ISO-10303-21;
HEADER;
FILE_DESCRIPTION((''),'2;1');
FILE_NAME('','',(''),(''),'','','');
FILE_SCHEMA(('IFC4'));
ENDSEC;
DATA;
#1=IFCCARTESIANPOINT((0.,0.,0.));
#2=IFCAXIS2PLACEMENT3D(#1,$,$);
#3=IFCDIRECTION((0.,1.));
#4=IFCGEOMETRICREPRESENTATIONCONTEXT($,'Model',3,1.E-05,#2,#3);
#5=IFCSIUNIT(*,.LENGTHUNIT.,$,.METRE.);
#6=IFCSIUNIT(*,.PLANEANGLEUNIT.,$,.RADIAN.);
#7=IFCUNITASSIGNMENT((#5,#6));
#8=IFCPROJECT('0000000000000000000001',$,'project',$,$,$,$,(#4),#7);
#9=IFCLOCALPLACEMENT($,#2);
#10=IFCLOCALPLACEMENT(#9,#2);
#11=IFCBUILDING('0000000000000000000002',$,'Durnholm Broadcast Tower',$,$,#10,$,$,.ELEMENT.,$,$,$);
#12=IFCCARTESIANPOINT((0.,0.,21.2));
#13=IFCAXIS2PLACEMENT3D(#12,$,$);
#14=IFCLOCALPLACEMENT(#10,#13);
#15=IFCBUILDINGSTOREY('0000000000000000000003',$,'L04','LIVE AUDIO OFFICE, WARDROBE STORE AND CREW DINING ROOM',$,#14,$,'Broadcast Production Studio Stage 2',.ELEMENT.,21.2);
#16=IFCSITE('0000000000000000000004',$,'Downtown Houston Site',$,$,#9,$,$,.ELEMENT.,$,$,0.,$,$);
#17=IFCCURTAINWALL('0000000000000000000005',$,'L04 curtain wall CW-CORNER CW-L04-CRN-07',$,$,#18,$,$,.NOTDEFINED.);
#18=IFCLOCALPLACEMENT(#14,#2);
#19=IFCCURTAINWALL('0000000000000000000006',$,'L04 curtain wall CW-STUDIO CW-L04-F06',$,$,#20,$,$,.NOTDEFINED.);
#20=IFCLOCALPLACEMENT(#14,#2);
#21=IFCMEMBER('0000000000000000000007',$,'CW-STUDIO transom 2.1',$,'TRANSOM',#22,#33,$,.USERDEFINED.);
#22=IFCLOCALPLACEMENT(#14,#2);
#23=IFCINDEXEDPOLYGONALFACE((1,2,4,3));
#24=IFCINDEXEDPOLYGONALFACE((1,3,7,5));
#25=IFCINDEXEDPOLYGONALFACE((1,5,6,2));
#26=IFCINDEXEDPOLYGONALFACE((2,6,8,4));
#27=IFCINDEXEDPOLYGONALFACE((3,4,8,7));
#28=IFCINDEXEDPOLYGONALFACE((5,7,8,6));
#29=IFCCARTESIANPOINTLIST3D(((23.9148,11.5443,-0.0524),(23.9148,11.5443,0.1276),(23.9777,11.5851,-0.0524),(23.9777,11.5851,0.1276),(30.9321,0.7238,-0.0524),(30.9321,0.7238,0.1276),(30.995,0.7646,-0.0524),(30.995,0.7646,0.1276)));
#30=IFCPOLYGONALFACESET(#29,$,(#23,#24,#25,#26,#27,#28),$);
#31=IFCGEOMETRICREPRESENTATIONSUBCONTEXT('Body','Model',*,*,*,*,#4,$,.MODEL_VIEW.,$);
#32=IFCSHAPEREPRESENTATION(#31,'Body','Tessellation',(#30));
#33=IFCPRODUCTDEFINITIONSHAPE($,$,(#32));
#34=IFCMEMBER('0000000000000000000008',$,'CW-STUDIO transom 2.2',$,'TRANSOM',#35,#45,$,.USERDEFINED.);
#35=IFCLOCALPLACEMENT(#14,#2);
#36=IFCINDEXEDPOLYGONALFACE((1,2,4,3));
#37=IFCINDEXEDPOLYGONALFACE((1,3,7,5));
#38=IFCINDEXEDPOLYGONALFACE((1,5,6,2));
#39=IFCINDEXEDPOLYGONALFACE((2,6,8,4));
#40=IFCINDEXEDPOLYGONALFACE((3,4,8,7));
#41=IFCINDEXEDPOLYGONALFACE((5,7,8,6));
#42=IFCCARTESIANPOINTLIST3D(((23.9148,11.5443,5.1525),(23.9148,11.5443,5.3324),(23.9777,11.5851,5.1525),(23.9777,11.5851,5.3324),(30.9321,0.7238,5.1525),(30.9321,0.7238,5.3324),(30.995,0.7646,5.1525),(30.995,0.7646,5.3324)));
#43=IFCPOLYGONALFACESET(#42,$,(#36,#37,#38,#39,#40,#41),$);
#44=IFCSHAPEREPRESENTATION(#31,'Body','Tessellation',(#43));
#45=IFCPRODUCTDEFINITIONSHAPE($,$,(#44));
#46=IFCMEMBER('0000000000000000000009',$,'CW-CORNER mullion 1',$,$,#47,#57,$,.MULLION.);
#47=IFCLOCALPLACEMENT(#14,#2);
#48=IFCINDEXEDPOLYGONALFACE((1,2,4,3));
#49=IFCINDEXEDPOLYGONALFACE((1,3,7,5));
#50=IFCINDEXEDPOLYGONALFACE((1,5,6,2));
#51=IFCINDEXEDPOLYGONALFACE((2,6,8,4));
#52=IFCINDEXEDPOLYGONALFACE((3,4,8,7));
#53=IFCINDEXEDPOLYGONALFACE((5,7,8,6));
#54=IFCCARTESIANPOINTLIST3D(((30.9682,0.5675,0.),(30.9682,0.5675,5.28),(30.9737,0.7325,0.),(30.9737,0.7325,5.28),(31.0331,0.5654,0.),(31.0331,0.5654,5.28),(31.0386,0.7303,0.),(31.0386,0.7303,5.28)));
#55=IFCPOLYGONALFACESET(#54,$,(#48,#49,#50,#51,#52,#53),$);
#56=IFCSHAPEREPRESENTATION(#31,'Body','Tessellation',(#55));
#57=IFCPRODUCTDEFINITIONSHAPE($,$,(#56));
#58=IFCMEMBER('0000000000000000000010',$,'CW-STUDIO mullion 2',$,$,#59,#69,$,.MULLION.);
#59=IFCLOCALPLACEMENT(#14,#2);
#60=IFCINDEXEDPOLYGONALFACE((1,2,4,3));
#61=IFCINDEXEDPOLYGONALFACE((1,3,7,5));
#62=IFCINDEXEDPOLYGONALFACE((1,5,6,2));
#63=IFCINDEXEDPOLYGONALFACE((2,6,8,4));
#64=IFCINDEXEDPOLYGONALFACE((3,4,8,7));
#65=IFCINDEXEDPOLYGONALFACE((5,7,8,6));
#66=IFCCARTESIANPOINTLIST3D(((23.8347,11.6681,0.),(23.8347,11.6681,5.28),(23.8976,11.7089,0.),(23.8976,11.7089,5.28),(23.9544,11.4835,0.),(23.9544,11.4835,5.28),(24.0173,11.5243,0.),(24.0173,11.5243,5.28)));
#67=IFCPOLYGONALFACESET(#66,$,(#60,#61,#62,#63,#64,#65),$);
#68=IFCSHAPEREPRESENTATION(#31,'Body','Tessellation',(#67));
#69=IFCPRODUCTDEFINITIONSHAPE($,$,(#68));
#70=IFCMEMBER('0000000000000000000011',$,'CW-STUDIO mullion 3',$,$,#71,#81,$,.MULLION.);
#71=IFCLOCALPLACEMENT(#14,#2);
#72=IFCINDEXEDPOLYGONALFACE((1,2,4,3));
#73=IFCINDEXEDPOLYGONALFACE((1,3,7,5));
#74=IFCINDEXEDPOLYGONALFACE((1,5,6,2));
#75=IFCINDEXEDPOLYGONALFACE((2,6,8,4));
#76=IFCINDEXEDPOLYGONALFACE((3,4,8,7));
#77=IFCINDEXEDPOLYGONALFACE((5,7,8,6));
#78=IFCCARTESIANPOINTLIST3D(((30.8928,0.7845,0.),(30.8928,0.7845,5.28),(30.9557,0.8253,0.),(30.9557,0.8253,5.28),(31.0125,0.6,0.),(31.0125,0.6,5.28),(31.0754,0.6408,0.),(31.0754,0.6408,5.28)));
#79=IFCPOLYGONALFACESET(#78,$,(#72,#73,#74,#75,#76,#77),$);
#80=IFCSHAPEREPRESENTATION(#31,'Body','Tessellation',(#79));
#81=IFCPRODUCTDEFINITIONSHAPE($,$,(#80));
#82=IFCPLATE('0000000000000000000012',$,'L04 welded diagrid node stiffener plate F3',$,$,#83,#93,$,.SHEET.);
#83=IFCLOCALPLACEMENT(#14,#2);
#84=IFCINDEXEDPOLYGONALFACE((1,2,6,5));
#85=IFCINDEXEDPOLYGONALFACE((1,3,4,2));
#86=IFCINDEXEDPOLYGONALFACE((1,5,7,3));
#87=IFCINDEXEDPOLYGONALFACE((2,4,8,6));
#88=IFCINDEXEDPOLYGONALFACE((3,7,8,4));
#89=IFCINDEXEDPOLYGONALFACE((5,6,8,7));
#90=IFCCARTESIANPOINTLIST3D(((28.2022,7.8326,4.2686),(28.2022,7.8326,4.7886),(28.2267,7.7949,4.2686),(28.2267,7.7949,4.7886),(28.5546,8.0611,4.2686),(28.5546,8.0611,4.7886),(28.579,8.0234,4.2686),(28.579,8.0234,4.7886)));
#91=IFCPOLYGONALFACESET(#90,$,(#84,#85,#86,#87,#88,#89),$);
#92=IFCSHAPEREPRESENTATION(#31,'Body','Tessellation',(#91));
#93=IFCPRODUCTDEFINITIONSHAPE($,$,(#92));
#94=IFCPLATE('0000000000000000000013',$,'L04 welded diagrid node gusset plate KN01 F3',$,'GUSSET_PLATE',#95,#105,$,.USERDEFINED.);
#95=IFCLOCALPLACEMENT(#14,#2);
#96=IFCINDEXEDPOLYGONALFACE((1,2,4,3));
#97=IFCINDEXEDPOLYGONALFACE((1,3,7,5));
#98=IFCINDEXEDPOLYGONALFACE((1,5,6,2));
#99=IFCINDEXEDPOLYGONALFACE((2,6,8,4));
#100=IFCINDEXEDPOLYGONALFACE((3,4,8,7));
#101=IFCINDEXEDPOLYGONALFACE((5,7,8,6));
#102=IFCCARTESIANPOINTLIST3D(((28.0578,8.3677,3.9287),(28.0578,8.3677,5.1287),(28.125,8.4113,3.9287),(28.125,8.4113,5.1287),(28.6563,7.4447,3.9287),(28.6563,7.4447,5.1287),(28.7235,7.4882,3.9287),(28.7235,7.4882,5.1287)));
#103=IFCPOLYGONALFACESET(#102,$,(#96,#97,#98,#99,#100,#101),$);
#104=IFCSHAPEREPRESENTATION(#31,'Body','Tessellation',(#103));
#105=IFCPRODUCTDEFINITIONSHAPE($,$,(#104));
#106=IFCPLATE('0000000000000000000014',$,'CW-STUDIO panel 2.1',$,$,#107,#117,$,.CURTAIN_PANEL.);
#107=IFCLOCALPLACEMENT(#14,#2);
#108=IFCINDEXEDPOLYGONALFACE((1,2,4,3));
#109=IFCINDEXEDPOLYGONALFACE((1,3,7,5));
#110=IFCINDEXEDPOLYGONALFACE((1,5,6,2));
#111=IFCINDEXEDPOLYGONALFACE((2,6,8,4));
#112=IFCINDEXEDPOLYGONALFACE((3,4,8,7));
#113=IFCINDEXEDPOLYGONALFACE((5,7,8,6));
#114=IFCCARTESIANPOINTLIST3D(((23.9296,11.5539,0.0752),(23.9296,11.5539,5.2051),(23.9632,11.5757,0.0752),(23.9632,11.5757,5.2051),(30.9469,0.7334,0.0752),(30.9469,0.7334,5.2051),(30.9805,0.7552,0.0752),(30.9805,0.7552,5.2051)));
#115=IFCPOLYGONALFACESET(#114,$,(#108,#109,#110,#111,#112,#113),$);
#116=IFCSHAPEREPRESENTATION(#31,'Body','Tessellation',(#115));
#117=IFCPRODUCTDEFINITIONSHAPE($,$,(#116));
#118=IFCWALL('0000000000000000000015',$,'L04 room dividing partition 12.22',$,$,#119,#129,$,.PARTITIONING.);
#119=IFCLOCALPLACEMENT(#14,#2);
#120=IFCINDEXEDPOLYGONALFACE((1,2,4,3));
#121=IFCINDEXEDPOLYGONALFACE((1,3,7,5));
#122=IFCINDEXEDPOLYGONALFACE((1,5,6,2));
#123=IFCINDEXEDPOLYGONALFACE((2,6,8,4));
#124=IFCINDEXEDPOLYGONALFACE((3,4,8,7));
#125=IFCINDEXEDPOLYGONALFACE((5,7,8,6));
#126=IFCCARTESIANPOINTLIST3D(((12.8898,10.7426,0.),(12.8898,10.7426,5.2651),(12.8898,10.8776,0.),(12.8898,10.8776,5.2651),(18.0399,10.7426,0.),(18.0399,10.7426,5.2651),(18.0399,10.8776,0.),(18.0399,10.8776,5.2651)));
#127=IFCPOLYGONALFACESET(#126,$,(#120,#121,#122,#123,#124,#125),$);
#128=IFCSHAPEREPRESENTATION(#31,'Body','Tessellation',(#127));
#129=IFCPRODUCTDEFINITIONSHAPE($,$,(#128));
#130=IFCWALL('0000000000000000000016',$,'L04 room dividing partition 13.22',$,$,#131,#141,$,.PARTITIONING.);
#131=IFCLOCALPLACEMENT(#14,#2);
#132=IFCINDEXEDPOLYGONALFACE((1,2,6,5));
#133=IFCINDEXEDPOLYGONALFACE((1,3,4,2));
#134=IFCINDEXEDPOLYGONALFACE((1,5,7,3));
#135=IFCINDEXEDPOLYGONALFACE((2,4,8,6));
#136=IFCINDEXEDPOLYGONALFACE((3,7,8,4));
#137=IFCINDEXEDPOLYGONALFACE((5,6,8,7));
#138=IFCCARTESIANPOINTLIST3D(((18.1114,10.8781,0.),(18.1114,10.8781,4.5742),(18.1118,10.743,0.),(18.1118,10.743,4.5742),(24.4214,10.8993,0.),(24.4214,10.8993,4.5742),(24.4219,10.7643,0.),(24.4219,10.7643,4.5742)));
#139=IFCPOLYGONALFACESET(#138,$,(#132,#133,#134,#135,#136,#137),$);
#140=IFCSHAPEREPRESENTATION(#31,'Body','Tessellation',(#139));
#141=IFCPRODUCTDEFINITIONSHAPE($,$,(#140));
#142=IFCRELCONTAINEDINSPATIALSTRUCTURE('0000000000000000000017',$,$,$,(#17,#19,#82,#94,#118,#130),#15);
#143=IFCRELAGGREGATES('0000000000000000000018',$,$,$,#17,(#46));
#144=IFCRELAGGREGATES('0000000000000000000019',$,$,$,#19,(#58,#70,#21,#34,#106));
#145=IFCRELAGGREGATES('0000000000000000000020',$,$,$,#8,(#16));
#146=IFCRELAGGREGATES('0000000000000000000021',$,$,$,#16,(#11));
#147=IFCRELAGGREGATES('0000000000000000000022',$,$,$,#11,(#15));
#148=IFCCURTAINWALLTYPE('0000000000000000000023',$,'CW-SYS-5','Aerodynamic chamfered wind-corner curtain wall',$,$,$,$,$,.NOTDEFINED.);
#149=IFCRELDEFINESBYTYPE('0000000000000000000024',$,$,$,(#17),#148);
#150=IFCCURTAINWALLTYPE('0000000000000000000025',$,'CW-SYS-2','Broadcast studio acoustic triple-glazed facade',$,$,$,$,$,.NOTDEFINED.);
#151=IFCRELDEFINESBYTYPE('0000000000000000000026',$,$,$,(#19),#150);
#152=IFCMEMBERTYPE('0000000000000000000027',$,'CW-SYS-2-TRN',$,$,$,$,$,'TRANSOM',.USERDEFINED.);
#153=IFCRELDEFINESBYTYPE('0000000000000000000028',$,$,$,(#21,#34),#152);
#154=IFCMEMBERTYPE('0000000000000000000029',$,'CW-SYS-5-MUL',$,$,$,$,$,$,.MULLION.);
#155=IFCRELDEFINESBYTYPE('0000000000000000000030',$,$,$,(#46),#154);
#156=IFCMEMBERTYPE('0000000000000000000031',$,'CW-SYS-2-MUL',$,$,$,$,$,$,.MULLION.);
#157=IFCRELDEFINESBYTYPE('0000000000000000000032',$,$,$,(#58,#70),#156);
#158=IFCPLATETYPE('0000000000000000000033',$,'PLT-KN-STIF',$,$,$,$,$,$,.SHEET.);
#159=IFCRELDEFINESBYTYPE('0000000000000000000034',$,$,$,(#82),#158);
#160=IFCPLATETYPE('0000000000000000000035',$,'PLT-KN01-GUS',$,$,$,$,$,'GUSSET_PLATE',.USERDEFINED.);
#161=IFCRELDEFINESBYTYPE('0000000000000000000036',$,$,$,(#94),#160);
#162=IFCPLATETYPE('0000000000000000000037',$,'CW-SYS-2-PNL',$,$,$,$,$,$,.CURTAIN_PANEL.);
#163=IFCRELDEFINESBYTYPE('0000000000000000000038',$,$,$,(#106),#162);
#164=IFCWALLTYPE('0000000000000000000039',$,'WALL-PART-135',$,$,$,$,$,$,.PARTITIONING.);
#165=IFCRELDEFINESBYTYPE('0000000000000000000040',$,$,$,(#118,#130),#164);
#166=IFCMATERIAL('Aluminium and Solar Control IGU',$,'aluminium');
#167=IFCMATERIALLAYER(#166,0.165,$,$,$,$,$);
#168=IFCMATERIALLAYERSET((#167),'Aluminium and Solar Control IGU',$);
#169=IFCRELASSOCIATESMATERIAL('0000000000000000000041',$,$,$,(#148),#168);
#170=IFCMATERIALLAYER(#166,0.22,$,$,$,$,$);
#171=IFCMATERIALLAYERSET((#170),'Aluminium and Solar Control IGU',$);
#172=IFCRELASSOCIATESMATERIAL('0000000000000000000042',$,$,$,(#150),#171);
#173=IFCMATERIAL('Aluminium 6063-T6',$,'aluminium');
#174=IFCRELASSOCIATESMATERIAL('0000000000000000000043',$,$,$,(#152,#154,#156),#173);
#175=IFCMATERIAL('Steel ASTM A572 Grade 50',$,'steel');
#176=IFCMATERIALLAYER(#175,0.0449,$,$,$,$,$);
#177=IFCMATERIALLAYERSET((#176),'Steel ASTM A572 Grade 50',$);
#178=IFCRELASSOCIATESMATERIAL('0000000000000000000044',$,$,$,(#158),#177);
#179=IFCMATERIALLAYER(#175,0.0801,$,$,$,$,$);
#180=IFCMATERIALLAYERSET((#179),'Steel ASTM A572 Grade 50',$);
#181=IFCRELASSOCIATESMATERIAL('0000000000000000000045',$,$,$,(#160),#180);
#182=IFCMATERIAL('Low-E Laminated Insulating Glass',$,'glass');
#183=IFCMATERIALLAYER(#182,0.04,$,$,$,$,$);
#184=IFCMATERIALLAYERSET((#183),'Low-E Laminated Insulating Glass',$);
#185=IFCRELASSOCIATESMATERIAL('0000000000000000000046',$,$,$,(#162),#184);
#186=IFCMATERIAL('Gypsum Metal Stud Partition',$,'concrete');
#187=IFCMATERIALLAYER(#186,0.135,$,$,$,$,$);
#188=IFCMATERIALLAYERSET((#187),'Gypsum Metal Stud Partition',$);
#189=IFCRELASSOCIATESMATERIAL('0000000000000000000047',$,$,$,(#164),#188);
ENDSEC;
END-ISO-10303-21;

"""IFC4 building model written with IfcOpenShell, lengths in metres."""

from ifc_helpers import new_model, si_unit, direction, frame, frame_2d, origin, origin_2d, place, context, subcontext, project, spatial, rectangle, extrude, source, transform, mapped, material, layer, layer_set, material_profile, profile_set, type_object, type_shapes, element, aggregate, save


model = new_model("IFC4")

# Units and contexts
model_context = context("Model", 3, precision=1e-05, world=origin(), true_north=direction((0.0, 1.0)))
body_context = subcontext(model_context, "Body", "Model", "MODEL_VIEW")
ifc_project = project(units=[si_unit("LENGTHUNIT", "METRE"), si_unit("PLANEANGLEUNIT", "RADIAN")], contexts=[model_context])

# Site, building, storey
site_placement = place(None, origin())
site = spatial("IfcSite", under=ifc_project, at=site_placement, Name="Downtown Houston Site", CompositionType="ELEMENT", RefElevation=0.0)
building_placement = place(site_placement, origin())
building = spatial("IfcBuilding", under=site, at=building_placement, Name="Durnholm Broadcast Tower", CompositionType="ELEMENT")
storey_placement = place(building_placement, frame((0.0, 0.0, 21.2)))
storey = spatial("IfcBuildingStorey", under=building, at=storey_placement, Name="L04", Description="LIVE AUDIO OFFICE, WARDROBE STORE AND CREW DINING ROOM", LongName="Broadcast Production Studio Stage 2", CompositionType="ELEMENT", Elevation=21.2)

# Curtain walls, members
ifc_material_1 = material(Name="Aluminium and Solar Control IGU", Category="aluminium")
ifc_layer_1 = layer(ifc_material_1, 0.165)
ifc_layer_set_1 = layer_set([ifc_layer_1], Name="Aluminium and Solar Control IGU")
curtain_wall_type_1 = type_object("IfcCurtainWallType", Name="CW-SYS-5", Description="Aerodynamic chamfered wind-corner curtain wall", PredefinedType="NOTDEFINED", material=ifc_layer_set_1)
curtain_wall_1_placement = place(storey_placement, origin())
curtain_wall_1 = element("IfcCurtainWall", 1, at=curtain_wall_1_placement, inside=storey, type_object=curtain_wall_type_1, Name="L04 curtain wall CW-CORNER CW-L04-CRN-07", PredefinedType="NOTDEFINED")
ifc_material_2 = material(Name="Aluminium 6063-T6", Category="aluminium")
ifc_layer_2 = layer(ifc_material_1, 0.22)
ifc_layer_set_2 = layer_set([ifc_layer_2], Name="Aluminium and Solar Control IGU")
curtain_wall_type_2 = type_object("IfcCurtainWallType", Name="CW-SYS-2", Description="Broadcast studio acoustic triple-glazed facade", PredefinedType="NOTDEFINED", material=ifc_layer_set_2)
curtain_wall_2_placement = place(storey_placement, origin())
curtain_wall_2 = element("IfcCurtainWall", 2, at=curtain_wall_2_placement, inside=storey, type_object=curtain_wall_type_2, Name="L04 curtain wall CW-STUDIO CW-L04-F06", PredefinedType="NOTDEFINED")
ifc_material_profile_1 = material_profile(ifc_material_2, rectangle(XDim=0.075, YDim=0.1799, at=origin_2d()), Name="CWT75X180")
ifc_profile_set_1 = profile_set([ifc_material_profile_1], Name="Aluminium 6063-T6")
member_type_1 = type_object("IfcMemberType", Name="CW-SYS-2-TRN", ElementType="TRANSOM", PredefinedType="USERDEFINED", material=ifc_profile_set_1)
shared_shape_1 = source(origin(), body_context, "Body", "SweptSolid", [
    extrude(rectangle(XDim=0.075, YDim=0.1799, at=origin_2d()), origin(), (0.0, 0.0, 1.0), 12.8967),
])
type_shapes(member_type_1, [shared_shape_1])
member_1_placement = place(storey_placement, frame((23.9463, 11.5647, 0.0376), z_axis=(0.544114, -0.839011, 0.0), x_axis=(0.839011, 0.544114, 0.0)))
member_1 = element("IfcMember", 3, at=member_1_placement, type_object=member_type_1, Name="CW-STUDIO transom 2.1", ObjectType="TRANSOM", PredefinedType="USERDEFINED", context=body_context, shape_type="MappedRepresentation", body=[
    mapped(shared_shape_1, transform((0.0, 0.0, 0.0), x_axis=(1.0, 0.0, 0.0), y_axis=(0.0, 1.0, 0.0), z_axis=(0.0, 0.0, 1.0), scale=1.0)),
])
member_2_placement = place(storey_placement, frame((23.9463, 11.5647, 5.2424), z_axis=(0.544114, -0.839011, 0.0), x_axis=(0.839011, 0.544114, 0.0)))
member_2 = element("IfcMember", 4, at=member_2_placement, type_object=member_type_1, Name="CW-STUDIO transom 2.2", ObjectType="TRANSOM", PredefinedType="USERDEFINED", context=body_context, shape_type="MappedRepresentation", body=[
    mapped(shared_shape_1, transform((0.0, 0.0, 0.0), x_axis=(1.0, 0.0, 0.0), y_axis=(0.0, 1.0, 0.0), z_axis=(0.0, 0.0, 1.0), scale=1.0)),
])

# Members
ifc_material_profile_2 = material_profile(ifc_material_2, rectangle(XDim=0.0649, YDim=0.165, at=origin_2d()), Name="CWM65X165")
ifc_profile_set_2 = profile_set([ifc_material_profile_2], Name="Aluminium 6063-T6")
member_type_2 = type_object("IfcMemberType", Name="CW-SYS-5-MUL", PredefinedType="MULLION", material=ifc_profile_set_2)
shared_shape_2 = source(origin(), body_context, "Body", "SweptSolid", [
    extrude(rectangle(XDim=0.0649, YDim=0.165, at=origin_2d()), origin(), (0.0, 0.0, 1.0), 5.28),
])
type_shapes(member_type_2, [shared_shape_2])
member_3_placement = place(storey_placement, frame((31.0034, 0.6489, 0.0), z_axis=(0.0, 0.0, 1.0), x_axis=(0.999437, -0.033557, 0.0)))
member_3 = element("IfcMember", 5, at=member_3_placement, type_object=member_type_2, Name="CW-CORNER mullion 1", PredefinedType="MULLION", context=body_context, shape_type="MappedRepresentation", body=[
    mapped(shared_shape_2, transform((0.0, 0.0, 0.0), x_axis=(1.0, 0.0, 0.0), y_axis=(0.0, 1.0, 0.0), z_axis=(0.0, 0.0, 1.0), scale=1.0)),
])
aggregate(curtain_wall_1, [member_3])
ifc_material_profile_3 = material_profile(ifc_material_2, rectangle(XDim=0.075, YDim=0.22, at=origin_2d()), Name="CWM75X220")
ifc_profile_set_3 = profile_set([ifc_material_profile_3], Name="Aluminium 6063-T6")
member_type_3 = type_object("IfcMemberType", Name="CW-SYS-2-MUL", PredefinedType="MULLION", material=ifc_profile_set_3)
shared_shape_3 = source(origin(), body_context, "Body", "SweptSolid", [
    extrude(rectangle(XDim=0.075, YDim=0.22, at=origin_2d()), origin(), (0.0, 0.0, 1.0), 5.28),
])
type_shapes(member_type_3, [shared_shape_3])
member_4_placement = place(storey_placement, frame((23.926, 11.5962, 0.0), z_axis=(0.0, 0.0, 1.0), x_axis=(0.839009, 0.544117, 0.0)))
member_4 = element("IfcMember", 6, at=member_4_placement, type_object=member_type_3, Name="CW-STUDIO mullion 2", PredefinedType="MULLION", context=body_context, shape_type="MappedRepresentation", body=[
    mapped(shared_shape_3, transform((0.0, 0.0, 0.0), x_axis=(1.0, 0.0, 0.0), y_axis=(0.0, 1.0, 0.0), z_axis=(0.0, 0.0, 1.0), scale=1.0)),
])
member_5_placement = place(storey_placement, frame((30.9841, 0.7126, 0.0), z_axis=(0.0, 0.0, 1.0), x_axis=(0.839009, 0.544117, 0.0)))
member_5 = element("IfcMember", 7, at=member_5_placement, type_object=member_type_3, Name="CW-STUDIO mullion 3", PredefinedType="MULLION", context=body_context, shape_type="MappedRepresentation", body=[
    mapped(shared_shape_3, transform((0.0, 0.0, 0.0), x_axis=(1.0, 0.0, 0.0), y_axis=(0.0, 1.0, 0.0), z_axis=(0.0, 0.0, 1.0), scale=1.0)),
])

# Plates
ifc_material_3 = material(Name="Steel ASTM A572 Grade 50", Category="steel")
ifc_layer_3 = layer(ifc_material_3, 0.0449)
ifc_layer_set_3 = layer_set([ifc_layer_3], Name="Steel ASTM A572 Grade 50")
plate_type_1 = type_object("IfcPlateType", Name="PLT-KN-STIF", PredefinedType="SHEET", material=ifc_layer_set_3)
shared_shape_4 = source(origin(), body_context, "Body", "SweptSolid", [
    extrude(rectangle(XDim=0.0449, YDim=0.4199, at=origin_2d()), origin(), (0.0, 0.0, 1.0), 0.52),
])
type_shapes(plate_type_1, [shared_shape_4])
plate_1_placement = place(storey_placement, frame((28.3906, 7.928, 4.2686), z_axis=(0.0, 0.0, 1.0), x_axis=(-0.544053, 0.839051, 0.0)))
element("IfcPlate", 8, at=plate_1_placement, inside=storey, type_object=plate_type_1, Name="L04 welded diagrid node stiffener plate F3", PredefinedType="SHEET", context=body_context, shape_type="MappedRepresentation", body=[
    mapped(shared_shape_4, transform((0.0, 0.0, 0.0), x_axis=(1.0, 0.0, 0.0), y_axis=(0.0, 1.0, 0.0), z_axis=(0.0, 0.0, 1.0), scale=1.0)),
])
ifc_layer_4 = layer(ifc_material_3, 0.0801)
ifc_layer_set_4 = layer_set([ifc_layer_4], Name="Steel ASTM A572 Grade 50")
plate_type_2 = type_object("IfcPlateType", Name="PLT-KN01-GUS", ElementType="GUSSET_PLATE", PredefinedType="USERDEFINED", material=ifc_layer_set_4)
shared_shape_5 = source(origin(), body_context, "Body", "SweptSolid", [
    extrude(rectangle(XDim=1.1001, YDim=0.0801, at=origin_2d()), origin(), (0.0, 0.0, 1.0), 1.2),
])
type_shapes(plate_type_2, [shared_shape_5])
plate_2_placement = place(storey_placement, frame((28.3906, 7.928, 3.9287), z_axis=(0.0, 0.0, 1.0), x_axis=(-0.544053, 0.839051, 0.0)))
element("IfcPlate", 9, at=plate_2_placement, inside=storey, type_object=plate_type_2, Name="L04 welded diagrid node gusset plate KN01 F3", ObjectType="GUSSET_PLATE", PredefinedType="USERDEFINED", context=body_context, shape_type="MappedRepresentation", body=[
    mapped(shared_shape_5, transform((0.0, 0.0, 0.0), x_axis=(1.0, 0.0, 0.0), y_axis=(0.0, 1.0, 0.0), z_axis=(0.0, 0.0, 1.0), scale=1.0)),
])

# Plate
ifc_material_4 = material(Name="Low-E Laminated Insulating Glass", Category="glass")
ifc_layer_5 = layer(ifc_material_4, 0.04)
ifc_layer_set_5 = layer_set([ifc_layer_5], Name="Low-E Laminated Insulating Glass")
plate_type_3 = type_object("IfcPlateType", Name="CW-SYS-2-PNL", PredefinedType="CURTAIN_PANEL", material=ifc_layer_set_5)
shared_shape_6 = source(origin(), body_context, "Body", "SweptSolid", [
    extrude(rectangle(XDim=12.8967, YDim=0.04, at=origin_2d()), origin(), (0.0, 0.0, 1.0), 5.1299),
])
type_shapes(plate_type_3, [shared_shape_6])
plate_3_placement = place(storey_placement, frame((27.4551, 6.1545, 0.0752), z_axis=(0.0, 0.0, 1.0), x_axis=(0.544117, -0.839009, 0.0)))
plate_3 = element("IfcPlate", 10, at=plate_3_placement, type_object=plate_type_3, Name="CW-STUDIO panel 2.1", PredefinedType="CURTAIN_PANEL", context=body_context, shape_type="MappedRepresentation", body=[
    mapped(shared_shape_6, transform((0.0, 0.0, 0.0), x_axis=(1.0, 0.0, 0.0), y_axis=(0.0, 1.0, 0.0), z_axis=(0.0, 0.0, 1.0), scale=1.0)),
])
aggregate(curtain_wall_2, [member_4, member_5, member_1, member_2, plate_3])

# Walls
ifc_material_5 = material(Name="Gypsum Metal Stud Partition", Category="concrete")
ifc_layer_6 = layer(ifc_material_5, 0.135)
ifc_layer_set_6 = layer_set([ifc_layer_6], Name="Gypsum Metal Stud Partition")
wall_type_1 = type_object("IfcWallType", Name="WALL-PART-135", PredefinedType="PARTITIONING", material=ifc_layer_set_6)
wall_1_placement = place(storey_placement, frame((18.04, 10.8101, 0.0), z_axis=(0.0, 0.0, 1.0), x_axis=(-1.0, 0.0, 0.0)))
element("IfcWall", 11, at=wall_1_placement, inside=storey, type_object=wall_type_1, Name="L04 room dividing partition 12.22", PredefinedType="PARTITIONING", context=body_context, shape_type="SweptSolid", body=[
    extrude(rectangle(XDim=5.1501, YDim=0.135, at=frame_2d((2.5752, 0.0))), origin(), (0.0, 0.0, 1.0), 5.2651),
])
wall_2_placement = place(storey_placement, frame((24.4216, 10.8318, 0.0), z_axis=(0.0, 0.0, 1.0), x_axis=(-0.999994, -0.003366, 0.0)))
element("IfcWall", 12, at=wall_2_placement, inside=storey, type_object=wall_type_1, Name="L04 room dividing partition 13.22", PredefinedType="PARTITIONING", context=body_context, shape_type="SweptSolid", body=[
    extrude(rectangle(XDim=6.3101, YDim=0.135, at=frame_2d((3.155, 0.0))), origin(), (0.0, 0.0, 1.0), 4.5742),
])

save(model, "model.ifc")
